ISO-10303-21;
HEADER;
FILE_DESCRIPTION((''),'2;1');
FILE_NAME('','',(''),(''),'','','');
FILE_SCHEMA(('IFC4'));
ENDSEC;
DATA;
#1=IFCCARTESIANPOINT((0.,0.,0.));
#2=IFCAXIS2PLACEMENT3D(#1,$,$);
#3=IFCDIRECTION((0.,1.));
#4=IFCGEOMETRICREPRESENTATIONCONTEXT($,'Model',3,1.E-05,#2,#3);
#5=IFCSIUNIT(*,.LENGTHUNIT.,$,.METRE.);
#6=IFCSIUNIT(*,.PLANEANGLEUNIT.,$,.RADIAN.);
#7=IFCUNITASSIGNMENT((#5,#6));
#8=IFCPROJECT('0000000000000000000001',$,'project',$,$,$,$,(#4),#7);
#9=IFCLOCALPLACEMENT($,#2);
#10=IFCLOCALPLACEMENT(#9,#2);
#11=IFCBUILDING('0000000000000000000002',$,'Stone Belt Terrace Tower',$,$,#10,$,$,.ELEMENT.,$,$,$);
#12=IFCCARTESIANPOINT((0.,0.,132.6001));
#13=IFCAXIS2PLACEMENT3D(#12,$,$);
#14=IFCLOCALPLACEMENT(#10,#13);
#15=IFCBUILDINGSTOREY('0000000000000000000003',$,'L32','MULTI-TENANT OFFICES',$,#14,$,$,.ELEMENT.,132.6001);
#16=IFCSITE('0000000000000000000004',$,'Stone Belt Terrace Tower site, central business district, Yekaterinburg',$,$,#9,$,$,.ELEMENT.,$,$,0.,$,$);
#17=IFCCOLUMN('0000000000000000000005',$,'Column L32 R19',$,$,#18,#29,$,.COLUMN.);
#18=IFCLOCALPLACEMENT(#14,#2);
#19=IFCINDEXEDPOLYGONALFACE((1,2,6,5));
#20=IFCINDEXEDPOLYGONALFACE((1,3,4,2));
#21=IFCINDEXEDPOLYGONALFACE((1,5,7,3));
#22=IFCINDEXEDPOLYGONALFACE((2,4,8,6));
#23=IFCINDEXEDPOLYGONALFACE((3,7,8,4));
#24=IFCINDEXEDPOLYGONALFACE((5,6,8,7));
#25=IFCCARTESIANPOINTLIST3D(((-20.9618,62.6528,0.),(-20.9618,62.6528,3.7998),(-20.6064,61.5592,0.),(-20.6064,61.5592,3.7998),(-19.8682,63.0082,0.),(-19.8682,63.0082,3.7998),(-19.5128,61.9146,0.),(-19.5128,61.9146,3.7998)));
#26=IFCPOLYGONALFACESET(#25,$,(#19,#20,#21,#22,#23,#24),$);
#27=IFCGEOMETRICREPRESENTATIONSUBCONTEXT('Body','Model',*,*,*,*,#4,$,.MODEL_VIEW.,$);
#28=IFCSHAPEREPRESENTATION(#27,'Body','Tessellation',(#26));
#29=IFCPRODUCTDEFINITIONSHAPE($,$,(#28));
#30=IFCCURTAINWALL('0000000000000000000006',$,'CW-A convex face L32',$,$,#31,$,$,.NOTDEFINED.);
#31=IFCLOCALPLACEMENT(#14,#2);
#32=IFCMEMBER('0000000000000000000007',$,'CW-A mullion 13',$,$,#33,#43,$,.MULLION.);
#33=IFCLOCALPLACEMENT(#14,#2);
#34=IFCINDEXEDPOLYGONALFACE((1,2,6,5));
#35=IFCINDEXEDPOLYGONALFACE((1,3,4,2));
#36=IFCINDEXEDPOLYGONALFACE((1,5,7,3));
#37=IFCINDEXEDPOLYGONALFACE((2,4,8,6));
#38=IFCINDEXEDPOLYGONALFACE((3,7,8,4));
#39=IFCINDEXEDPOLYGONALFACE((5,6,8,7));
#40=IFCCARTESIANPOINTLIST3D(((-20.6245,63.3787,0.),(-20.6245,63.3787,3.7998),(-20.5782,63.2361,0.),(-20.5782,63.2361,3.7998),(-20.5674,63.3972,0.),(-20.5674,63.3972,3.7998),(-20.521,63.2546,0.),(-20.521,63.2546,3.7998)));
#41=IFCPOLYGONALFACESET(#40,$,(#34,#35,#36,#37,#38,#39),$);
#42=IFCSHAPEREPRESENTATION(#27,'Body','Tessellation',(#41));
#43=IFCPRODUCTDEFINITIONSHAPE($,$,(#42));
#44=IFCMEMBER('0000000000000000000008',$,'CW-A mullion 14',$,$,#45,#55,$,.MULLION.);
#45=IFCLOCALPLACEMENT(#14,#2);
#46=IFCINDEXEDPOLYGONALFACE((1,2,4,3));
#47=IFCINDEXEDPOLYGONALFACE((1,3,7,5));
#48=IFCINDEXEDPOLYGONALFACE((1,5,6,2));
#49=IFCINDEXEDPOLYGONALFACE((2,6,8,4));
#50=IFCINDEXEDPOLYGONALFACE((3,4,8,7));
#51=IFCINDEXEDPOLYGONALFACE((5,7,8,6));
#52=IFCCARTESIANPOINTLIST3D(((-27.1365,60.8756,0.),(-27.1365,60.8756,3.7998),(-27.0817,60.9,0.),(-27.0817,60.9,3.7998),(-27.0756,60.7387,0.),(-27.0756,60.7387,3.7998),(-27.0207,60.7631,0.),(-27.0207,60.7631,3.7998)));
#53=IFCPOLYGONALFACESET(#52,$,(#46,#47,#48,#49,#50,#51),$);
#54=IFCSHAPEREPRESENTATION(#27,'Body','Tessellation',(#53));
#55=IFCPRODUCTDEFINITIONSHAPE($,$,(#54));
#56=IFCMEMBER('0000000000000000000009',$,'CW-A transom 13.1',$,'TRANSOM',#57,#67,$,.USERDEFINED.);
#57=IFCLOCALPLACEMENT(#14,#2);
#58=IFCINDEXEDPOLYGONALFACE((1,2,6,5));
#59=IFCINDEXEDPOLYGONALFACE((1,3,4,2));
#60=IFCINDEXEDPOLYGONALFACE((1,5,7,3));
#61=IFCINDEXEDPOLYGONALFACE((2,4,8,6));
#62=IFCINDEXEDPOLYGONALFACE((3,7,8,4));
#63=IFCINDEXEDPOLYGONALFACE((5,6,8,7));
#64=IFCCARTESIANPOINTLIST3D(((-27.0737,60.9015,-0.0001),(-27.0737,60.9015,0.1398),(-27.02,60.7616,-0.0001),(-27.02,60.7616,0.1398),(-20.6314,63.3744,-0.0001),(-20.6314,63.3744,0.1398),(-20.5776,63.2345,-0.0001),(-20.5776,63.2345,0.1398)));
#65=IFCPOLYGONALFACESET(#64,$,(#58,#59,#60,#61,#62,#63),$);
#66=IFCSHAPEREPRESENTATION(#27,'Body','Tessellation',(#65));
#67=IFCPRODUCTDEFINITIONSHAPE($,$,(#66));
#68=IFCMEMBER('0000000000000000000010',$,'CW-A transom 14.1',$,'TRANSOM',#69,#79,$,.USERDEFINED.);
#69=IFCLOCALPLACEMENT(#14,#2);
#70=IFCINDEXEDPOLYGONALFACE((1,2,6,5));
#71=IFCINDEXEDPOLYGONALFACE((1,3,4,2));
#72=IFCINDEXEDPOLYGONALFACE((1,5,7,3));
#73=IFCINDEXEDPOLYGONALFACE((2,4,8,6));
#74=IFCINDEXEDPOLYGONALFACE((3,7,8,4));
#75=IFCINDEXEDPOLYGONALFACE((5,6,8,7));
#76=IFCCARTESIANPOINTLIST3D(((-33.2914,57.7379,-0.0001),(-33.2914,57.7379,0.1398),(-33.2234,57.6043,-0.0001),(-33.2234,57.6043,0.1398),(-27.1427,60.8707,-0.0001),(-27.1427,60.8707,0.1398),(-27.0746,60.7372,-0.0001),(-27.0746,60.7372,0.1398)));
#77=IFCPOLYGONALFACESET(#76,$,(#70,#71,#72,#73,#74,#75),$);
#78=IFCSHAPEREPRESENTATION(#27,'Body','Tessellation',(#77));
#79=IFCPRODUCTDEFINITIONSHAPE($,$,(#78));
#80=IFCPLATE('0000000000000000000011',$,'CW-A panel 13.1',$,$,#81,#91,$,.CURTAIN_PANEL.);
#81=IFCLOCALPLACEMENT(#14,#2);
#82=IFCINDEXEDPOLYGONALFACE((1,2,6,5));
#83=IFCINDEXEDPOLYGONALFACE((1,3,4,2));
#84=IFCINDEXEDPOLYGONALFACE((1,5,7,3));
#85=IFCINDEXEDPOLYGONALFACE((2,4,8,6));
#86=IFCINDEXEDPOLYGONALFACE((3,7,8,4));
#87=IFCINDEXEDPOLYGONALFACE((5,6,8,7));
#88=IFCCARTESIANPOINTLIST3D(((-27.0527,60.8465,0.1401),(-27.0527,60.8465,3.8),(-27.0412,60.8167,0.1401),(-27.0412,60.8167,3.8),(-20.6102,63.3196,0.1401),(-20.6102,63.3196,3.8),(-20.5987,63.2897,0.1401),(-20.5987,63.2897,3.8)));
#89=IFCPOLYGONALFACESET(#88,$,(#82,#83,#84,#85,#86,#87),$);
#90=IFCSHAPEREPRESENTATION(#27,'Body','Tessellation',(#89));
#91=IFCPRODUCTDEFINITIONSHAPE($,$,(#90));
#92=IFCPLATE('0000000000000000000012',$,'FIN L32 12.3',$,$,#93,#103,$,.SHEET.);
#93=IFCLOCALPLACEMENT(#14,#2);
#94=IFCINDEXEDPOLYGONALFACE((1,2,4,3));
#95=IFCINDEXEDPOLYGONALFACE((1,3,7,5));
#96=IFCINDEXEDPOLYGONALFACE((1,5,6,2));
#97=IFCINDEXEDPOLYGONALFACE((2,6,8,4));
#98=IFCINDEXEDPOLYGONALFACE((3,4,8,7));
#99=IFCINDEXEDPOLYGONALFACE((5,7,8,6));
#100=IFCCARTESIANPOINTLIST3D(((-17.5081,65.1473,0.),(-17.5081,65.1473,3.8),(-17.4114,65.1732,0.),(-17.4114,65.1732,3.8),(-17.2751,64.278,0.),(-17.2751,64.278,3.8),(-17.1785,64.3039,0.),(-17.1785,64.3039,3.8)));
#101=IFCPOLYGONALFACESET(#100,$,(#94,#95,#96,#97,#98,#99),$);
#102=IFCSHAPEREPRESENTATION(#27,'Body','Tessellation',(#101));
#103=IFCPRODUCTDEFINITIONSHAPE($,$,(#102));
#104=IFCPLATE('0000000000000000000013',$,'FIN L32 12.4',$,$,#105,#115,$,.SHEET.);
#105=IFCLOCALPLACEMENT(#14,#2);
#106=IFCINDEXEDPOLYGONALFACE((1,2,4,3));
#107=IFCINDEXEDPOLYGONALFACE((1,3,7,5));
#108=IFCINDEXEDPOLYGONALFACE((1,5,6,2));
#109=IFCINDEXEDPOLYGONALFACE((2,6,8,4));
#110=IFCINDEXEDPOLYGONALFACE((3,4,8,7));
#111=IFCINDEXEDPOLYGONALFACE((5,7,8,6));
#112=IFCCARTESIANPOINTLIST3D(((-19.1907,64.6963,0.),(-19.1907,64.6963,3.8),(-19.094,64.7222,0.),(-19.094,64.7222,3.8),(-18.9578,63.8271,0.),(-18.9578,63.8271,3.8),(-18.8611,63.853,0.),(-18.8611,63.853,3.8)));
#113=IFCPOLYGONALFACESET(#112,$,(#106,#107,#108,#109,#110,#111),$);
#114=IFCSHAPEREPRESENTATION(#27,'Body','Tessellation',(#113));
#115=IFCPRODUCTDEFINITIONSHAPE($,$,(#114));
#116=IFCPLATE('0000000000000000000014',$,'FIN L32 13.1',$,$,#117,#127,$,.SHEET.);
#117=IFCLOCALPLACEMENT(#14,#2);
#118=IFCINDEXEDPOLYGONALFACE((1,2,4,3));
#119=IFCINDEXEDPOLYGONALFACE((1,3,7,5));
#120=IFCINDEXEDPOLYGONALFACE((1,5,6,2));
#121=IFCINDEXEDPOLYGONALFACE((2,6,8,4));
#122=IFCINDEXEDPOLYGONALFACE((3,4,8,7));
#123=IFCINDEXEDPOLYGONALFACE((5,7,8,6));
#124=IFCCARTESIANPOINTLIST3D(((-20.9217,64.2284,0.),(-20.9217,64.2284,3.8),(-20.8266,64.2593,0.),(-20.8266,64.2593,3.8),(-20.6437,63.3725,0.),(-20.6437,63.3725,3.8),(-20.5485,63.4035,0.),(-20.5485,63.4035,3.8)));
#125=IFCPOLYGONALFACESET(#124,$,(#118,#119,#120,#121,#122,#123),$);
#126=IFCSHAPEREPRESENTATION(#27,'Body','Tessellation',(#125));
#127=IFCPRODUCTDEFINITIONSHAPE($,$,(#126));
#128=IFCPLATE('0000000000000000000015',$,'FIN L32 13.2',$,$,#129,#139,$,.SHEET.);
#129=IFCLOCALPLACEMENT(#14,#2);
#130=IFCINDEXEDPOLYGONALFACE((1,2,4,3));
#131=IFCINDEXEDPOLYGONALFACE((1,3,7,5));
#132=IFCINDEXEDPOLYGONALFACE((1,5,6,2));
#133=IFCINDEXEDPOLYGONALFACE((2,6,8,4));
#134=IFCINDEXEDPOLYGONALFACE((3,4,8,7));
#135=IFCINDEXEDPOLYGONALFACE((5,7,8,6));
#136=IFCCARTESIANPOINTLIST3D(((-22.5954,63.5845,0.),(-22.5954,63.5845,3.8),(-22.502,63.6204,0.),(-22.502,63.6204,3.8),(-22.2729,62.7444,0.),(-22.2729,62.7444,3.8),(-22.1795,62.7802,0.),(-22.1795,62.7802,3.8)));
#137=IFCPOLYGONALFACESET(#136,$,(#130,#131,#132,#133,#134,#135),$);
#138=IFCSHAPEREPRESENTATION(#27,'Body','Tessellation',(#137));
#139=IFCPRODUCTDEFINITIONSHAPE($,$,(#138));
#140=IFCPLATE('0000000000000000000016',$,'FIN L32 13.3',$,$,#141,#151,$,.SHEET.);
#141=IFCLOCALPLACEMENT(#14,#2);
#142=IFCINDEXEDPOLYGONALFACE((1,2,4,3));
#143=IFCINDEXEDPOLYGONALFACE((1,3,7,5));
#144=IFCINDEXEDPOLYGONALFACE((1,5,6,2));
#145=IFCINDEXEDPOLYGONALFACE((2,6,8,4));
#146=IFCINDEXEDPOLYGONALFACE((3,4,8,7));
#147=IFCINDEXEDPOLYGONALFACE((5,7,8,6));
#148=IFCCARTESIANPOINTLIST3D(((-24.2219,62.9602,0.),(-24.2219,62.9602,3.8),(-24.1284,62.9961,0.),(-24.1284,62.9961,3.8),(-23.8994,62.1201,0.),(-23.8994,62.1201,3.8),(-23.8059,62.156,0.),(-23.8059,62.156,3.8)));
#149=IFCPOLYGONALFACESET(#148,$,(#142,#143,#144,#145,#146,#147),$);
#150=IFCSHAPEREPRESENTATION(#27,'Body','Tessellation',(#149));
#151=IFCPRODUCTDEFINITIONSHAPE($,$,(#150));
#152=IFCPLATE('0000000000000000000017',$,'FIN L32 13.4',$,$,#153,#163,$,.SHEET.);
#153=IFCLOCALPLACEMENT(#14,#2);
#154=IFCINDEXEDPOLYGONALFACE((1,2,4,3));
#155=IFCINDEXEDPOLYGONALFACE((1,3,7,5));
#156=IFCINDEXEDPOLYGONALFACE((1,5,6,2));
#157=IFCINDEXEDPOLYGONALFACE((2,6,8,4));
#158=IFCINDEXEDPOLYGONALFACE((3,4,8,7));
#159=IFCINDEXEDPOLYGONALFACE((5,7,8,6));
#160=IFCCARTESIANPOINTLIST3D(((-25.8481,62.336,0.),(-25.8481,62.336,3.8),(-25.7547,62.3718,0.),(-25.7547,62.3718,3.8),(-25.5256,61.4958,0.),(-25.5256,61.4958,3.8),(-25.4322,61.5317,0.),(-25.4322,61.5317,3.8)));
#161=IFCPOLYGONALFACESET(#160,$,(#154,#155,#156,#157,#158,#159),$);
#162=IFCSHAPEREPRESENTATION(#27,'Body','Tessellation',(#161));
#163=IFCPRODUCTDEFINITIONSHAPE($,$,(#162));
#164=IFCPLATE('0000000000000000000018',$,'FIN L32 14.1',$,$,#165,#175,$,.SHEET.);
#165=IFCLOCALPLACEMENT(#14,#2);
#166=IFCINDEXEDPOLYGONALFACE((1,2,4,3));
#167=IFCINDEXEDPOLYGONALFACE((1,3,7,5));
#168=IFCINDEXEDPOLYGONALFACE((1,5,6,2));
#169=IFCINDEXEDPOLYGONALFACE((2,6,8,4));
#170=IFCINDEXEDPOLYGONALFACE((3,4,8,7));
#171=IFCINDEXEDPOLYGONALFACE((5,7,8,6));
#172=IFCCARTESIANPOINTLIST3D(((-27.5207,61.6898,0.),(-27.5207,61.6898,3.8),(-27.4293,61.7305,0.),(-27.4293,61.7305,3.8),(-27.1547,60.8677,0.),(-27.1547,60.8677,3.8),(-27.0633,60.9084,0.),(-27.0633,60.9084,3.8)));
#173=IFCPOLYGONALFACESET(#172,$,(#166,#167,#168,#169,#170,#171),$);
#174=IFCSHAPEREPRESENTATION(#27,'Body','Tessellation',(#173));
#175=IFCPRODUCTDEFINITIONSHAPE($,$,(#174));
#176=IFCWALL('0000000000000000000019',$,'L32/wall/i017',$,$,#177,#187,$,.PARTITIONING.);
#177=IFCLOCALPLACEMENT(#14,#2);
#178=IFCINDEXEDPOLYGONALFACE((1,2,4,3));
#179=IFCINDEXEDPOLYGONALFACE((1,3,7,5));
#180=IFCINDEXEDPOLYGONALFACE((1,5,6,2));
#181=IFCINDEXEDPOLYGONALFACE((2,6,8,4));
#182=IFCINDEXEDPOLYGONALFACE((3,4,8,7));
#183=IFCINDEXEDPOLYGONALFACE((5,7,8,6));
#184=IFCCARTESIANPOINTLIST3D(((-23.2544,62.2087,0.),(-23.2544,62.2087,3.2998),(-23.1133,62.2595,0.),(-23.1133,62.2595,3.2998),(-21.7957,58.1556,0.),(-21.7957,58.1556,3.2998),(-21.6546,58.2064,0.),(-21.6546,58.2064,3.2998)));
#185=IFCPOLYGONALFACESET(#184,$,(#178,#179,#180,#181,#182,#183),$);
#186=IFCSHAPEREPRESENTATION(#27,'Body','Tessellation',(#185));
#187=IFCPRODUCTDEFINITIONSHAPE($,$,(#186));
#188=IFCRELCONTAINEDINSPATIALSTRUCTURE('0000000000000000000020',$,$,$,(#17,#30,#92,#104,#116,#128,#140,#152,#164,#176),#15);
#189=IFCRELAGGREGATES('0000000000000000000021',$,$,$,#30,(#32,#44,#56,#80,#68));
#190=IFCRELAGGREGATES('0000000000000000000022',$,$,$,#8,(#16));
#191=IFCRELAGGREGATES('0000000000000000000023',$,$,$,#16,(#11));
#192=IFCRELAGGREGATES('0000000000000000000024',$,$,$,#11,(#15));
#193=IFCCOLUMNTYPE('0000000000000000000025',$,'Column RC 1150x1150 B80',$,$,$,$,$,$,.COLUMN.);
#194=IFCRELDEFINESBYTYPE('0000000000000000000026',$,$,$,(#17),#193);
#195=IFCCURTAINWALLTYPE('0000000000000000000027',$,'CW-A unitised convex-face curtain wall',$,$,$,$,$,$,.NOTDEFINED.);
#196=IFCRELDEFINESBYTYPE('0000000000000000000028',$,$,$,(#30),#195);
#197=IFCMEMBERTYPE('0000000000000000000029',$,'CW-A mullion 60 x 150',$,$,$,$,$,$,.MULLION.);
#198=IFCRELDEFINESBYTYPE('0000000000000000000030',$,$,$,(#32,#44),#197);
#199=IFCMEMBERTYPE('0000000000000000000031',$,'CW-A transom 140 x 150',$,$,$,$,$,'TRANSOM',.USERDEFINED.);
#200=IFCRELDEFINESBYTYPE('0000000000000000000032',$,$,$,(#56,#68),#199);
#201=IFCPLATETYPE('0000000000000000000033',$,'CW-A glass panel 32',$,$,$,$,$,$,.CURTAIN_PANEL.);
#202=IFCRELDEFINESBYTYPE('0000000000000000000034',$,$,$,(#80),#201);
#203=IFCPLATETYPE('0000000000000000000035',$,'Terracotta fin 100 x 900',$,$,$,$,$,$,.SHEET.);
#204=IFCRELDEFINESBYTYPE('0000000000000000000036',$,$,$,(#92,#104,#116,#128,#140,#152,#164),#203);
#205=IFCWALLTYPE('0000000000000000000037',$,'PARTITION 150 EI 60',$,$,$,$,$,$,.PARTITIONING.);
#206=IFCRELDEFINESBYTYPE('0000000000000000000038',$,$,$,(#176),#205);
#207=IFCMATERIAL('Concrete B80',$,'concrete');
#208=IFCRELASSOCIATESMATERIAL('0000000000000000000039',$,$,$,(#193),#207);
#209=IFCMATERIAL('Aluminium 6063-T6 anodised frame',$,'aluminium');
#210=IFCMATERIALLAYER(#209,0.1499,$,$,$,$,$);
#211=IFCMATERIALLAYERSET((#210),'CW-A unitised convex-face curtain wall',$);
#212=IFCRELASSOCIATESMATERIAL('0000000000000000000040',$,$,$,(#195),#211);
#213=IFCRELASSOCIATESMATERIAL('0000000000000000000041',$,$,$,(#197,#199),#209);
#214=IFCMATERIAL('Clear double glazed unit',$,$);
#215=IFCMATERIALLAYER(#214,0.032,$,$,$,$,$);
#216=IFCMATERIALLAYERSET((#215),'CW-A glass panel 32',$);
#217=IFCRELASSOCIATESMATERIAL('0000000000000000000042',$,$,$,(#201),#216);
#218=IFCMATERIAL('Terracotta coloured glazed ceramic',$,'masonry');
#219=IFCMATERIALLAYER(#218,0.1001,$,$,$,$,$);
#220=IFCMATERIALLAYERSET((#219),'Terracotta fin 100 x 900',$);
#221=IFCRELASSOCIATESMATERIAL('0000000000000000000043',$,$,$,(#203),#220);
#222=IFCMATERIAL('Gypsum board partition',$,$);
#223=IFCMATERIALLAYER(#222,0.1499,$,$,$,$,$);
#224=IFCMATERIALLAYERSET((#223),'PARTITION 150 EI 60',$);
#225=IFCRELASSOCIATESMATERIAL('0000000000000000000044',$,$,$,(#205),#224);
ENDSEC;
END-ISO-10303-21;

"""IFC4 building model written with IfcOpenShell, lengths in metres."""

from ifc_helpers import new_model, si_unit, direction, frame, frame_2d, origin, origin_2d, place, context, subcontext, project, spatial, rectangle, extrude, material, layer, layer_set, material_profile, profile_set, type_object, element, aggregate, save


model = new_model("IFC4")

# Units and contexts
model_context = context("Model", 3, precision=1e-05, world=origin(), true_north=direction((0.0, 1.0)))
body_context = subcontext(model_context, "Body", "Model", "MODEL_VIEW")
ifc_project = project(units=[si_unit("LENGTHUNIT", "METRE"), si_unit("PLANEANGLEUNIT", "RADIAN")], contexts=[model_context])

# Site, building, storey
site_placement = place(None, origin())
site = spatial("IfcSite", under=ifc_project, at=site_placement, Name="Stone Belt Terrace Tower site, central business district, Yekaterinburg", CompositionType="ELEMENT", RefElevation=0.0)
building_placement = place(site_placement, origin())
building = spatial("IfcBuilding", under=site, at=building_placement, Name="Stone Belt Terrace Tower", CompositionType="ELEMENT")
storey_placement = place(building_placement, frame((0.0, 0.0, 132.6001)))
storey = spatial("IfcBuildingStorey", under=building, at=storey_placement, Name="L32", Description="MULTI-TENANT OFFICES", CompositionType="ELEMENT", Elevation=132.6001)

# Column
ifc_material_1 = material(Name="Concrete B80", Category="concrete")
ifc_material_profile_1 = material_profile(ifc_material_1, rectangle(XDim=1.1499, YDim=1.1499, at=origin_2d()), Name="RC 1150x1150")
ifc_profile_set_1 = profile_set([ifc_material_profile_1], Name="Concrete B80")
column_type = type_object("IfcColumnType", Name="Column RC 1150x1150 B80", PredefinedType="COLUMN", material=ifc_profile_set_1)
column_placement = place(storey_placement, frame((-20.2373, 62.2837, 0.0), z_axis=(0.0, 0.0, 1.0), x_axis=(0.951057, 0.309017, 0.0)))
element("IfcColumn", 1, at=column_placement, inside=storey, type_object=column_type, Name="Column L32 R19", PredefinedType="COLUMN", context=body_context, shape_type="SweptSolid", body=[
    extrude(rectangle(XDim=1.1499, YDim=1.1499, at=origin_2d()), origin(), (0.0, 0.0, 1.0), 3.7998),
])

# Curtain wall, members, plate
ifc_material_2 = material(Name="Aluminium 6063-T6 anodised frame", Category="aluminium")
ifc_layer_1 = layer(ifc_material_2, 0.1499)
ifc_layer_set_1 = layer_set([ifc_layer_1], Name="CW-A unitised convex-face curtain wall")
curtain_wall_type = type_object("IfcCurtainWallType", Name="CW-A unitised convex-face curtain wall", PredefinedType="NOTDEFINED", material=ifc_layer_set_1)
curtain_wall_placement = place(storey_placement, origin())
curtain_wall = element("IfcCurtainWall", 2, at=curtain_wall_placement, inside=storey, type_object=curtain_wall_type, Name="CW-A convex face L32", PredefinedType="NOTDEFINED")
ifc_material_profile_2 = material_profile(ifc_material_2, rectangle(XDim=0.1499, YDim=0.0601, at=origin_2d()), Name="Aluminium 6063-T6 60x150")
ifc_profile_set_2 = profile_set([ifc_material_profile_2], Name="Aluminium 6063-T6 anodised frame")
member_type_1 = type_object("IfcMemberType", Name="CW-A mullion 60 x 150", PredefinedType="MULLION", material=ifc_profile_set_2)
member_1_placement = place(storey_placement, frame((-20.5728, 63.3167, 0.0), z_axis=(0.0, 0.0, 1.0), x_axis=(0.309017, -0.951057, 0.0)))
member_1 = element("IfcMember", 3, at=member_1_placement, type_object=member_type_1, Name="CW-A mullion 13", PredefinedType="MULLION", context=body_context, shape_type="SweptSolid", body=[
    extrude(rectangle(XDim=0.1499, YDim=0.0601, at=origin_2d()), origin(), (0.0, 0.0, 1.0), 3.7998),
])
member_2_placement = place(storey_placement, frame((-27.0786, 60.8193, 0.0), z_axis=(0.0, 0.0, 1.0), x_axis=(0.406737, -0.913545, 0.0)))
member_2 = element("IfcMember", 4, at=member_2_placement, type_object=member_type_1, Name="CW-A mullion 14", PredefinedType="MULLION", context=body_context, shape_type="SweptSolid", body=[
    extrude(rectangle(XDim=0.1499, YDim=0.0601, at=origin_2d()), origin(), (0.0, 0.0, 1.0), 3.7998),
])
ifc_material_profile_3 = material_profile(ifc_material_2, rectangle(XDim=0.1499, YDim=0.1399, at=origin_2d()), Name="Aluminium 6063-T6 150x140")
ifc_profile_set_3 = profile_set([ifc_material_profile_3], Name="Aluminium 6063-T6 anodised frame")
member_type_2 = type_object("IfcMemberType", Name="CW-A transom 140 x 150", ElementType="TRANSOM", PredefinedType="USERDEFINED", material=ifc_profile_set_3)
member_3_placement = place(storey_placement, frame((-20.6045, 63.3044, 0.0698), z_axis=(-0.933585, -0.358355, 0.0), x_axis=(0.358355, -0.933585, 0.0)))
member_3 = element("IfcMember", 5, at=member_3_placement, type_object=member_type_2, Name="CW-A transom 13.1", ObjectType="TRANSOM", PredefinedType="USERDEFINED", context=body_context, shape_type="SweptSolid", body=[
    extrude(rectangle(XDim=0.1499, YDim=0.1399, at=origin_2d()), origin(), (0.0, 0.0, 1.0), 6.9006),
])
member_4_placement = place(storey_placement, frame((-27.1086, 60.804, 0.0698), z_axis=(-0.891012, -0.453979, 0.0), x_axis=(0.453979, -0.891012, 0.0)))
member_4 = element("IfcMember", 6, at=member_4_placement, type_object=member_type_2, Name="CW-A transom 14.1", ObjectType="TRANSOM", PredefinedType="USERDEFINED", context=body_context, shape_type="SweptSolid", body=[
    extrude(rectangle(XDim=0.1499, YDim=0.1399, at=origin_2d()), origin(), (0.0, 0.0, 1.0), 6.9009),
])
ifc_material_3 = material(Name="Clear double glazed unit")
ifc_layer_2 = layer(ifc_material_3, 0.032)
ifc_layer_set_2 = layer_set([ifc_layer_2], Name="CW-A glass panel 32")
plate_type_1 = type_object("IfcPlateType", Name="CW-A glass panel 32", PredefinedType="CURTAIN_PANEL", material=ifc_layer_set_2)
plate_placement = place(storey_placement, frame((-23.8257, 62.0681, 0.1401), z_axis=(0.0, 0.0, 1.0), x_axis=(-0.93358, -0.358368, 0.0)))
plate = element("IfcPlate", 7, at=plate_placement, type_object=plate_type_1, Name="CW-A panel 13.1", PredefinedType="CURTAIN_PANEL", context=body_context, shape_type="SweptSolid", body=[
    extrude(rectangle(XDim=6.9009, YDim=0.032, at=origin_2d()), origin(), (0.0, 0.0, 1.0), 3.6599),
])
aggregate(curtain_wall, [member_1, member_2, member_3, plate, member_4])

# Plates
ifc_material_4 = material(Name="Terracotta coloured glazed ceramic", Category="masonry")
ifc_layer_3 = layer(ifc_material_4, 0.1001)
ifc_layer_set_3 = layer_set([ifc_layer_3], Name="Terracotta fin 100 x 900")
plate_type_2 = type_object("IfcPlateType", Name="Terracotta fin 100 x 900", PredefinedType="SHEET", material=ifc_layer_set_3)
for number, where, z_axis, x_axis, name in (
    (8, (-17.3433, 64.7256, 0.0), (0.0, 0.0, 1.0), (-0.258819, 0.965926, 0.0), "FIN L32 12.3"),
    (9, (-19.0259, 64.2747, 0.0), (0.0, 0.0, 1.0), (-0.258819, 0.965926, 0.0), "FIN L32 12.4"),
    (10, (-20.7351, 63.8159, 0.0), (0.0, 0.0, 1.0), (-0.309017, 0.951057, 0.0), "FIN L32 13.1"),
    (11, (-22.3875, 63.1824, 0.0), (0.0, 0.0, 1.0), (-0.358368, 0.93358, 0.0), "FIN L32 13.2"),
    (12, (-24.0139, 62.5581, 0.0), (0.0, 0.0, 1.0), (-0.358368, 0.93358, 0.0), "FIN L32 13.3"),
    (13, (-25.6401, 61.9338, 0.0), (0.0, 0.0, 1.0), (-0.358368, 0.93358, 0.0), "FIN L32 13.4"),
    (14, (-27.292, 61.2991, 0.0), (0.0, 0.0, 1.0), (-0.406737, 0.913545, 0.0), "FIN L32 14.1"),
):
    element("IfcPlate", number, at=place(storey_placement, frame(where, z_axis=z_axis, x_axis=x_axis)), inside=storey, type_object=plate_type_2, Name=name, PredefinedType="SHEET", context=body_context, shape_type="SweptSolid", body=[
        extrude(rectangle(XDim=0.8999, YDim=0.1001, at=origin_2d()), origin(), (0.0, 0.0, 1.0), 3.8),
    ])

# Wall
ifc_material_5 = material(Name="Gypsum board partition")
ifc_layer_4 = layer(ifc_material_5, 0.1499)
ifc_layer_set_4 = layer_set([ifc_layer_4], Name="PARTITION 150 EI 60")
wall_type = type_object("IfcWallType", Name="PARTITION 150 EI 60", PredefinedType="PARTITIONING", material=ifc_layer_set_4)
wall_placement = place(storey_placement, frame((-23.1838, 62.2341, 0.0), z_axis=(0.0, 0.0, 1.0), x_axis=(0.338633, -0.940918, 0.0)))
element("IfcWall", 15, at=wall_placement, inside=storey, type_object=wall_type, Name="L32/wall/i017", PredefinedType="PARTITIONING", context=body_context, shape_type="SweptSolid", body=[
    extrude(rectangle(XDim=4.3076, YDim=0.1499, at=frame_2d((2.1538, 0.0))), origin(), (0.0, 0.0, 1.0), 3.2998),
])

save(model, "model.ifc")
